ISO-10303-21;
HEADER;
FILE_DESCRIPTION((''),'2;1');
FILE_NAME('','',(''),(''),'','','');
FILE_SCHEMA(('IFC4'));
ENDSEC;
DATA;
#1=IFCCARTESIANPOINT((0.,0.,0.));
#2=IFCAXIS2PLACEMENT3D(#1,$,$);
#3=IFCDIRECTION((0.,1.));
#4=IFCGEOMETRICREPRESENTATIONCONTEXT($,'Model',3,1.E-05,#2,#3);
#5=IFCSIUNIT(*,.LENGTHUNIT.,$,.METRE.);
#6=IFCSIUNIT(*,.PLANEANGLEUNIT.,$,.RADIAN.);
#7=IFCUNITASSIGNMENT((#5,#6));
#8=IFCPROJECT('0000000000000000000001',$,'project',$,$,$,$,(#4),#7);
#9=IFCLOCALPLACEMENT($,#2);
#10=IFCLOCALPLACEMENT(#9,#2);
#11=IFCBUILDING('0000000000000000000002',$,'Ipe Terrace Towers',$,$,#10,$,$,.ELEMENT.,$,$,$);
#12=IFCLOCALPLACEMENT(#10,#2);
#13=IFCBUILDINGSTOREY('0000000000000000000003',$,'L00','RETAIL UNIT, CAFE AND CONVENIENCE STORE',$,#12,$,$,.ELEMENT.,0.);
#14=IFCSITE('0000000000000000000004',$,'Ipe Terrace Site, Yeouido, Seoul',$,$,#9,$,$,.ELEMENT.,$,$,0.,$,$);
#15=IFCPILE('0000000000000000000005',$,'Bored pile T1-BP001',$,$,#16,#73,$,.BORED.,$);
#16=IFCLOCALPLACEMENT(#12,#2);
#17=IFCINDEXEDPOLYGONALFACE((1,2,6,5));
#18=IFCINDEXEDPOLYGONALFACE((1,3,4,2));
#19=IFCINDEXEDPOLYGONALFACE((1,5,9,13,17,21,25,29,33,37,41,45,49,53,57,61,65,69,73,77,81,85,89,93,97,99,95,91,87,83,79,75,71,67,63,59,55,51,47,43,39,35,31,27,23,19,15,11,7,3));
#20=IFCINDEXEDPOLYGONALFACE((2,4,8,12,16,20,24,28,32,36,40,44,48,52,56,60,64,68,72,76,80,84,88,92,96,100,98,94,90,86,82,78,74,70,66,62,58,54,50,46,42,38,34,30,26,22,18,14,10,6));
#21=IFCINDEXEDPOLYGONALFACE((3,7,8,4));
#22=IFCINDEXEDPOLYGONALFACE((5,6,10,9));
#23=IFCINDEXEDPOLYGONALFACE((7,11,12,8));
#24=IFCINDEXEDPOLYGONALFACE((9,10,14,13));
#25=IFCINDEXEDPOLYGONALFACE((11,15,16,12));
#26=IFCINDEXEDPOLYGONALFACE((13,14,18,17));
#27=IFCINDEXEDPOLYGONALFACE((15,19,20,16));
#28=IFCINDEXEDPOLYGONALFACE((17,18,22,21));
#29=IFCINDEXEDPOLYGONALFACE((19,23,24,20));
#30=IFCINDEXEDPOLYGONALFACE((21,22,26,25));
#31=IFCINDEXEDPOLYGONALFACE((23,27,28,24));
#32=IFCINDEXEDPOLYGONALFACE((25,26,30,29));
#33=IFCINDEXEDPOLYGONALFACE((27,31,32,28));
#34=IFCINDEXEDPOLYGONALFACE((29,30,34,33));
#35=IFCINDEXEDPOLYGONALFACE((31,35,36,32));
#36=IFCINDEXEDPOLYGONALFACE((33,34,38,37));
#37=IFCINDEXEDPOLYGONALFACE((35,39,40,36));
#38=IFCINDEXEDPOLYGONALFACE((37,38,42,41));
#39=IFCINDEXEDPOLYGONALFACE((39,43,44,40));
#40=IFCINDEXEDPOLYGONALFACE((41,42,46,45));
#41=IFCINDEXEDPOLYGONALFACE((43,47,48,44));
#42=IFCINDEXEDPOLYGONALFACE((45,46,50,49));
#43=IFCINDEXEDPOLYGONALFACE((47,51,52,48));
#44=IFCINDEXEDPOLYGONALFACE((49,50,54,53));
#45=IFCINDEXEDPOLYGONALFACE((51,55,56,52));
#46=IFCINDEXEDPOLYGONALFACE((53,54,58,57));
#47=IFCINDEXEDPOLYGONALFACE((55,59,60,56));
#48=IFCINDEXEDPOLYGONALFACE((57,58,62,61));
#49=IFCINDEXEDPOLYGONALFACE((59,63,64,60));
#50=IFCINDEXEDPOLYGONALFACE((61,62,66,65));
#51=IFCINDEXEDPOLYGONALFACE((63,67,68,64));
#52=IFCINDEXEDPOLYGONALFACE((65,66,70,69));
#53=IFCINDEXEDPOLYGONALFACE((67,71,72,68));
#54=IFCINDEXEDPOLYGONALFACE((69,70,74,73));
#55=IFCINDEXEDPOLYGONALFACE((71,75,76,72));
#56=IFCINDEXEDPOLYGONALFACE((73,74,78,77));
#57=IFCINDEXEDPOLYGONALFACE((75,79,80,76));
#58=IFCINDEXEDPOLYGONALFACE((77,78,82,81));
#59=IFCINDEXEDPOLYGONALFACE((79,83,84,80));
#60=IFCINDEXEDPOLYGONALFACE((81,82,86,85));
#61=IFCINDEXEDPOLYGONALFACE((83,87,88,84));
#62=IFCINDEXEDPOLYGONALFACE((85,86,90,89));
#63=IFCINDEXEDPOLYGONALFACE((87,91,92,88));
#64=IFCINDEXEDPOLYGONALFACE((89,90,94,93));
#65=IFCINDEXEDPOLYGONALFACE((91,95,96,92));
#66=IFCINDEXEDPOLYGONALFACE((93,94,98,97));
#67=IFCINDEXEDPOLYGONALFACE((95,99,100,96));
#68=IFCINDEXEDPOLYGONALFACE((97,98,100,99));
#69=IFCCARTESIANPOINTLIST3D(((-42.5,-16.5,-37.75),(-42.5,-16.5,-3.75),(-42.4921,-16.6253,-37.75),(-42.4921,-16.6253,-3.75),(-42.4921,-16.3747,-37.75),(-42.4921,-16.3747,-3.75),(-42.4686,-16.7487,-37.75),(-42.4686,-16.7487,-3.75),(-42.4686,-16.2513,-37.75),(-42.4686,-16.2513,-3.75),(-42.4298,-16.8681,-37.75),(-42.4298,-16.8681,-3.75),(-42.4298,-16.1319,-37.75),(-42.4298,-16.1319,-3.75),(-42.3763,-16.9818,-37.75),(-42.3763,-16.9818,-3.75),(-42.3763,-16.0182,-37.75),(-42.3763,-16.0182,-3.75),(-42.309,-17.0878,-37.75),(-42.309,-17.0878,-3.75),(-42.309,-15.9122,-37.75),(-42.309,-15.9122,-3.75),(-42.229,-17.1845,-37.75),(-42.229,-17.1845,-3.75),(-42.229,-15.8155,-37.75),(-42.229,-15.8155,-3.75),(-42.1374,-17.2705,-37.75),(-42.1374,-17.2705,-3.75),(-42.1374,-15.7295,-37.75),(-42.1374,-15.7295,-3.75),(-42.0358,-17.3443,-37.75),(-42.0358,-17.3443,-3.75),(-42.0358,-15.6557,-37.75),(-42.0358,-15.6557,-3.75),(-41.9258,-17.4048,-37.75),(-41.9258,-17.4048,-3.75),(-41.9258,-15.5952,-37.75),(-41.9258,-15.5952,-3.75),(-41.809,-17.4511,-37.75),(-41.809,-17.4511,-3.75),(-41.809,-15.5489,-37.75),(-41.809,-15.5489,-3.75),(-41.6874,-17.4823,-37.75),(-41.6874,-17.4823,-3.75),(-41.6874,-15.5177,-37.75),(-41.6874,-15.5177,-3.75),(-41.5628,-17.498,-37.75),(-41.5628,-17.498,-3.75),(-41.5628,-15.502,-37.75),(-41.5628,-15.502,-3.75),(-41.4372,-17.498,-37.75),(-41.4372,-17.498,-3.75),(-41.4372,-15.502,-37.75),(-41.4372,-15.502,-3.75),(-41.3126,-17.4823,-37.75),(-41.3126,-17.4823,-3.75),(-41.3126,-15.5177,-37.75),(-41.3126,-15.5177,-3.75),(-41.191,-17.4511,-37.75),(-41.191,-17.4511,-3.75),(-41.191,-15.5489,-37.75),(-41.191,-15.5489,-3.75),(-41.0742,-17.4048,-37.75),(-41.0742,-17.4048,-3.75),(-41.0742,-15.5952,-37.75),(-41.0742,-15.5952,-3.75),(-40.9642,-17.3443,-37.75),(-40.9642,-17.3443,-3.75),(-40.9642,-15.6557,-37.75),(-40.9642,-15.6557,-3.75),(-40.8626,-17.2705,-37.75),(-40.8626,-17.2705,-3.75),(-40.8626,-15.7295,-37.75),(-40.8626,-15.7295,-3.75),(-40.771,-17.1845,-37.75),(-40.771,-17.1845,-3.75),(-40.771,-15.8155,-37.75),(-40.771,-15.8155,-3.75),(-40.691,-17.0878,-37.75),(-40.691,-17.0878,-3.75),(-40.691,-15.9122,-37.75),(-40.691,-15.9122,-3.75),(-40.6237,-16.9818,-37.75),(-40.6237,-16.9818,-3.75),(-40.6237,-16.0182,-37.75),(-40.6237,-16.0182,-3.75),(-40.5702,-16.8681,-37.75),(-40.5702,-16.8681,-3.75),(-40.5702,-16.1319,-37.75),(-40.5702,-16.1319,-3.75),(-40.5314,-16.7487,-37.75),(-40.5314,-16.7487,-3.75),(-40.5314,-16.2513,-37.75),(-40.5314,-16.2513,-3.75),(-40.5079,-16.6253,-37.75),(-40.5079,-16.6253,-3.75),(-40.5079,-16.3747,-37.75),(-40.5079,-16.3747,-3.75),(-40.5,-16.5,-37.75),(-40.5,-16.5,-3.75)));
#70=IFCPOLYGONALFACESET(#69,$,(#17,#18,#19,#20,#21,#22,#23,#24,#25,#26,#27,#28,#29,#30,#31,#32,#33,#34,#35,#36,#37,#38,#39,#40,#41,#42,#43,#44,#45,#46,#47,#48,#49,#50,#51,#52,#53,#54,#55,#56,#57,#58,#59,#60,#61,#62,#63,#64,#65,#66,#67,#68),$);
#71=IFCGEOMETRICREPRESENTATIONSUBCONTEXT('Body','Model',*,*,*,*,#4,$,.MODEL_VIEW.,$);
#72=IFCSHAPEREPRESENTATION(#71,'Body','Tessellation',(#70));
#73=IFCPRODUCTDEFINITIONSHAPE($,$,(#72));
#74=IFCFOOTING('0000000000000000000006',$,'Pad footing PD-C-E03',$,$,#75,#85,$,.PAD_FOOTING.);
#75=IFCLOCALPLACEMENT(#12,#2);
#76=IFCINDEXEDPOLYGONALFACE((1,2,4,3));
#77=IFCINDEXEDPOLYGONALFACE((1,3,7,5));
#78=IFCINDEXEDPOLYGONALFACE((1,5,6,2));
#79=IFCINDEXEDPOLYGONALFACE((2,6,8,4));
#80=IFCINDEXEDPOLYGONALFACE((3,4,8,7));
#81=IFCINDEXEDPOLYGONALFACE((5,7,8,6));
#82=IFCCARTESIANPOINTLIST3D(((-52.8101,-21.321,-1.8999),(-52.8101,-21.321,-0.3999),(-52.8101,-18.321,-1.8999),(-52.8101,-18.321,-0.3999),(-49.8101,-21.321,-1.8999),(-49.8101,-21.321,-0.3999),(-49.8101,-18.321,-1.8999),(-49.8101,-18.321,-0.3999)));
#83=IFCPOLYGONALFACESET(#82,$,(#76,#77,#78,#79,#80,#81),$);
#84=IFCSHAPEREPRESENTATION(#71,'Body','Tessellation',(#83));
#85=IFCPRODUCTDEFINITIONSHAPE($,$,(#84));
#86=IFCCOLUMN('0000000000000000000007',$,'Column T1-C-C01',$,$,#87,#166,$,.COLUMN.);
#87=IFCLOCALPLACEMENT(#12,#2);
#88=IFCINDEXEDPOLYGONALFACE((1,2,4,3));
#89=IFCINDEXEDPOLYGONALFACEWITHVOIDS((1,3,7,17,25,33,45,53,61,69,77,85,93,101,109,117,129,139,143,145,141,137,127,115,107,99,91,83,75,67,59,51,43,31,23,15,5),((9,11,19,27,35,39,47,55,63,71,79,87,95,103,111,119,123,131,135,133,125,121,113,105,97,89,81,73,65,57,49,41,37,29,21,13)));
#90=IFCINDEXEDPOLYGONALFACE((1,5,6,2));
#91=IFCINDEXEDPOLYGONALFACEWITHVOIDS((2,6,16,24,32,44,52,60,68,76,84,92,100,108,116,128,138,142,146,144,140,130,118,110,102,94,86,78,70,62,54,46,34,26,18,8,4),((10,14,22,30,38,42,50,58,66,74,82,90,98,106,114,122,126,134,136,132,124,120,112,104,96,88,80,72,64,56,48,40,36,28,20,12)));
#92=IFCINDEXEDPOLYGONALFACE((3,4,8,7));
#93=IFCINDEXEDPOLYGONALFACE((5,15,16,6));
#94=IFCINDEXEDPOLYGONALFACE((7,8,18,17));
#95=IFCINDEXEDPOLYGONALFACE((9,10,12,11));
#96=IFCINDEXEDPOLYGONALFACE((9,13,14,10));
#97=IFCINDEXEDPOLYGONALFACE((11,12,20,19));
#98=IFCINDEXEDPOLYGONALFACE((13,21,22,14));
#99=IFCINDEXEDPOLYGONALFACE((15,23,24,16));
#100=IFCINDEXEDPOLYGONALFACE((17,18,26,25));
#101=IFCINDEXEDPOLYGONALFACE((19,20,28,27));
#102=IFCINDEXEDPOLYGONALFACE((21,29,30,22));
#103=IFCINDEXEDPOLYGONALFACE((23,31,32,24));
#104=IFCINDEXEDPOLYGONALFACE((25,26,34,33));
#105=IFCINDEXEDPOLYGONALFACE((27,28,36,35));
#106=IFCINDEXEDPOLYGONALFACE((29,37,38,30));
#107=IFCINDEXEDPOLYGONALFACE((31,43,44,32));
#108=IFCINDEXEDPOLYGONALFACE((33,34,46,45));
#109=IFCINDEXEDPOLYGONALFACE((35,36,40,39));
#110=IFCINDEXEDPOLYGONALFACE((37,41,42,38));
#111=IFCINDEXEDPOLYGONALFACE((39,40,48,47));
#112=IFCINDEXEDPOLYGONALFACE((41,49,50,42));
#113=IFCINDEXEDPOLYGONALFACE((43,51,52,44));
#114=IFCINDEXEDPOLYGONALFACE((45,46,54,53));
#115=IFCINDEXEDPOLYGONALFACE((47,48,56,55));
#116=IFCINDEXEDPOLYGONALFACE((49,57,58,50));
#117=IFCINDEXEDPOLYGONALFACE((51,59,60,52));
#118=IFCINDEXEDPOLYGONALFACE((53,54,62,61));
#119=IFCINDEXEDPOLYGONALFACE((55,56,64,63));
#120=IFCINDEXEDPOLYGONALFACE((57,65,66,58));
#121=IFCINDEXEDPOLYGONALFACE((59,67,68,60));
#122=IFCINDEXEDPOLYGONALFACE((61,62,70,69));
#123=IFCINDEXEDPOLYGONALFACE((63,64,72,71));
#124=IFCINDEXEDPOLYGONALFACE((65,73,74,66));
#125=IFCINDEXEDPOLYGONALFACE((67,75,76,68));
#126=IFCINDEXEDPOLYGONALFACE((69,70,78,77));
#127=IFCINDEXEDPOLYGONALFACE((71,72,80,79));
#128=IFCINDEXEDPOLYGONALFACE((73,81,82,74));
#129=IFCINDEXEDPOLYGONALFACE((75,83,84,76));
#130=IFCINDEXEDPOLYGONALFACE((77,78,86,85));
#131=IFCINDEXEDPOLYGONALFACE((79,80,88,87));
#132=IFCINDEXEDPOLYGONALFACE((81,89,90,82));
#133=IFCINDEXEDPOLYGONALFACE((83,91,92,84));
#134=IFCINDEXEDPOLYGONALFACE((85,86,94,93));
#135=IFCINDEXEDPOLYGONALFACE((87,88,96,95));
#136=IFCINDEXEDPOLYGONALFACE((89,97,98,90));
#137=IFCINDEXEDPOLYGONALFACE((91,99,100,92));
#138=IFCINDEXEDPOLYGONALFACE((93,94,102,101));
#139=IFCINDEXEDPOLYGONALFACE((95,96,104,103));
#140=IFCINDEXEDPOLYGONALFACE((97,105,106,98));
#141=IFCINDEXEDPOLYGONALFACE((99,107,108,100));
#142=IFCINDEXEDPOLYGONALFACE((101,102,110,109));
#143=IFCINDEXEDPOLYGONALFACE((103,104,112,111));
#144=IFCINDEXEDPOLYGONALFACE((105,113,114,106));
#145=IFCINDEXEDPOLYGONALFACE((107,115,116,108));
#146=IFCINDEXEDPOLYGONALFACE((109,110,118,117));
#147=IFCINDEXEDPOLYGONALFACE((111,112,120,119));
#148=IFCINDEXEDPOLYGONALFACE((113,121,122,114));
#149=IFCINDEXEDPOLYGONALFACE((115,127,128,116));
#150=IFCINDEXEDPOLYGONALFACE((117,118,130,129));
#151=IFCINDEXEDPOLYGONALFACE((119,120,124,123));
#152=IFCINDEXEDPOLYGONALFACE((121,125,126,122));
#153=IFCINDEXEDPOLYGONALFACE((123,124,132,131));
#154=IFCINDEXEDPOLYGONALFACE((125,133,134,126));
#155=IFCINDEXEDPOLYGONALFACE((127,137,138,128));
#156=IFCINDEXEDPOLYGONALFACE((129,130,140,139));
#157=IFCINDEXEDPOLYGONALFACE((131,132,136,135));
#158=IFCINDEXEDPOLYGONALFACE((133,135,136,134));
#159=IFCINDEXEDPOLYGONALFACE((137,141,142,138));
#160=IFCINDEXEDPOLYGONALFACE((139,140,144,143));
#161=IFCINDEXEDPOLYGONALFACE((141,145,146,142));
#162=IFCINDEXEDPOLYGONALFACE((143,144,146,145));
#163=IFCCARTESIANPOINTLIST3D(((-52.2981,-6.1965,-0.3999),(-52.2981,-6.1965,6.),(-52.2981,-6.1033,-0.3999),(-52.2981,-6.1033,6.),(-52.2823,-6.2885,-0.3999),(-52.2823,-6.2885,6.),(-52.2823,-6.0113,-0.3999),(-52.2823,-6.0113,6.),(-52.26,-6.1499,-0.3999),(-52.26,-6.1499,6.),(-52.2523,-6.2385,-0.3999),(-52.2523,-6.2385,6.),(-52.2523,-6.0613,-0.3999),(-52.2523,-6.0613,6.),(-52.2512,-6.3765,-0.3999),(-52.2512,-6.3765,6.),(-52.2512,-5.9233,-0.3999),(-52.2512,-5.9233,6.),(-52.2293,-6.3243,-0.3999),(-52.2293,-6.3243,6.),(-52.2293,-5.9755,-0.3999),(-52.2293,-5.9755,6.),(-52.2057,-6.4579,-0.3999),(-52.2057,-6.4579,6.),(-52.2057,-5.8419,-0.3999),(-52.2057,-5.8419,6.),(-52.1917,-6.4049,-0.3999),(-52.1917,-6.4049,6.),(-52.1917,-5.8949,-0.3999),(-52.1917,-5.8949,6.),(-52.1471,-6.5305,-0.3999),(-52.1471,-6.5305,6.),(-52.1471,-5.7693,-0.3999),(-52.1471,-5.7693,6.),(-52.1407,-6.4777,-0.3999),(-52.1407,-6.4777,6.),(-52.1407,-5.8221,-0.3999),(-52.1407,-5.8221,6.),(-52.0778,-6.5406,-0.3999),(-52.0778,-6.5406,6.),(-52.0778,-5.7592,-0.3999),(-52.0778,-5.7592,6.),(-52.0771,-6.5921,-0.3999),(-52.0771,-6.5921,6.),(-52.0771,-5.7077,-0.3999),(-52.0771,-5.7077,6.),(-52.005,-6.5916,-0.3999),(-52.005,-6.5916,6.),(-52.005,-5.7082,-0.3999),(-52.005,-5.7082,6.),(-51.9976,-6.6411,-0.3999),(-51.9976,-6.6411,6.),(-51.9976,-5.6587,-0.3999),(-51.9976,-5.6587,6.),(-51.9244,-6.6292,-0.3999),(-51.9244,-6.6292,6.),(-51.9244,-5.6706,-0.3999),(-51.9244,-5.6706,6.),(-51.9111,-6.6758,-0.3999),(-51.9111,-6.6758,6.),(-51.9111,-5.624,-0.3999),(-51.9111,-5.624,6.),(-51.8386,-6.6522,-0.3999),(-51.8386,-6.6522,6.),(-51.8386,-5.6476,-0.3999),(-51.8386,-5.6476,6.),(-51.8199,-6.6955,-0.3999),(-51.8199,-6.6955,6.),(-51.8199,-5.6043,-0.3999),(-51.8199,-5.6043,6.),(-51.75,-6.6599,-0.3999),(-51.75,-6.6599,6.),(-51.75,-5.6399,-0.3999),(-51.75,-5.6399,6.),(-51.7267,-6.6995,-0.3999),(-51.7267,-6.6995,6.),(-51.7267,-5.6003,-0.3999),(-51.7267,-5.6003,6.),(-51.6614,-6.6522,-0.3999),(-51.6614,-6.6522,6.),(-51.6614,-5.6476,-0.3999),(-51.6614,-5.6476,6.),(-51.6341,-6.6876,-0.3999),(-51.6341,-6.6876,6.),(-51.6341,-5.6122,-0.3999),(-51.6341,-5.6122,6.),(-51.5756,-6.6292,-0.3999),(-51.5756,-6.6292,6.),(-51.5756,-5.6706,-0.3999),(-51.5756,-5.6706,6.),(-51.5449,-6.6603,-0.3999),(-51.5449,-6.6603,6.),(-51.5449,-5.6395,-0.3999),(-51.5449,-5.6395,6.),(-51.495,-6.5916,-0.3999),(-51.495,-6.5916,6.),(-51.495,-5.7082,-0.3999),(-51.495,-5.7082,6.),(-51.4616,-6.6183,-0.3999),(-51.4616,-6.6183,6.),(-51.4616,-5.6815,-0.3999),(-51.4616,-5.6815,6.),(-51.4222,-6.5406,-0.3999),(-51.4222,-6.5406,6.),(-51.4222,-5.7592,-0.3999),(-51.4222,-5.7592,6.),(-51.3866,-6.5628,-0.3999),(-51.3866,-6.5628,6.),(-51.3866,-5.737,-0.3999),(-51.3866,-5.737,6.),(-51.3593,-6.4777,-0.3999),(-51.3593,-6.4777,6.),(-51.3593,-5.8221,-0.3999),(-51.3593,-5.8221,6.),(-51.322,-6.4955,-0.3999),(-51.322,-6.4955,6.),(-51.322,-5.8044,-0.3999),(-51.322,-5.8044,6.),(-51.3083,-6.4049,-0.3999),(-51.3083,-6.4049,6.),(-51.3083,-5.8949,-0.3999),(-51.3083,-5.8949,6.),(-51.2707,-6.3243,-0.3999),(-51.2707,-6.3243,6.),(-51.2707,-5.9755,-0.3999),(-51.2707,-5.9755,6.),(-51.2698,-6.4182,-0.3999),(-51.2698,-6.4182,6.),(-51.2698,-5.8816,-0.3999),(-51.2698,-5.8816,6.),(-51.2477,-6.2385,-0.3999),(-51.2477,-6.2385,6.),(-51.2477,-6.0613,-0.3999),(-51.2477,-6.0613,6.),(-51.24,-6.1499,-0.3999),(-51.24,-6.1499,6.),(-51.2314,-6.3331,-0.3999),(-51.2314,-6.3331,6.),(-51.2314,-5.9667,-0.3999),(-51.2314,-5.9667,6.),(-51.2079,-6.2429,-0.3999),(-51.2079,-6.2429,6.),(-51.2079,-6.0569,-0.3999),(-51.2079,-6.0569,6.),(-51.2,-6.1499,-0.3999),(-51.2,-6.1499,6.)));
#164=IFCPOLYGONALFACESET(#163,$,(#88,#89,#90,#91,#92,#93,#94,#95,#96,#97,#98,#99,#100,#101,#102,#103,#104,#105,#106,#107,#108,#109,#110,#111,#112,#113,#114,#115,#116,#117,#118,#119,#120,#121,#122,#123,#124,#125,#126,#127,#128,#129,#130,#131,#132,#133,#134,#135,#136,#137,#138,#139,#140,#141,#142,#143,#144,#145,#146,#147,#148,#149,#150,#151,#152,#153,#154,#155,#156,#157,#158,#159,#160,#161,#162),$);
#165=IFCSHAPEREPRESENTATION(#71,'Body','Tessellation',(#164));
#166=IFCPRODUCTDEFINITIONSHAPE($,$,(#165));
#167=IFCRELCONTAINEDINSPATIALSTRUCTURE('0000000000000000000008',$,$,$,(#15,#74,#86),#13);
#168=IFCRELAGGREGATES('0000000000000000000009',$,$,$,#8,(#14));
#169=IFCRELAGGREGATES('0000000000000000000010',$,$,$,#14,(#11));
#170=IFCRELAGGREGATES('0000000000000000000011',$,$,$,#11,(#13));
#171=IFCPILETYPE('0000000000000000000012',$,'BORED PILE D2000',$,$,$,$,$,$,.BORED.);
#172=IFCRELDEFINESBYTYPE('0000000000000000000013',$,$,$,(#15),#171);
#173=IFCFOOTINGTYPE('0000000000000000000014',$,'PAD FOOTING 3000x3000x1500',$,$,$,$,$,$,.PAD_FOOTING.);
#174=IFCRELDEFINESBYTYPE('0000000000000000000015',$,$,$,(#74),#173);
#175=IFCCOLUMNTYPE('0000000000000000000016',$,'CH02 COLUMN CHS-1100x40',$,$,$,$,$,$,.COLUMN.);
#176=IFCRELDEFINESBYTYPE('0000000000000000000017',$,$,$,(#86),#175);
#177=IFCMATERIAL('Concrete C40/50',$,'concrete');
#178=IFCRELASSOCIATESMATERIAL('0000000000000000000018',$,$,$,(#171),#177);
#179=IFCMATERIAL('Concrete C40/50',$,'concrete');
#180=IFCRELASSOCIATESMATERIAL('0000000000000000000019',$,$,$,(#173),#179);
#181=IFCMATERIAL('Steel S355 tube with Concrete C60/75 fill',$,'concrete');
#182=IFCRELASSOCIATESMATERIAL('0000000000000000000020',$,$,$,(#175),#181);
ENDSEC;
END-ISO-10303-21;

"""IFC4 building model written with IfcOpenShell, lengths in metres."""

from ifc_helpers import new_model, si_unit, direction, frame, origin, origin_2d, place, context, subcontext, project, spatial, rectangle, circle, hollow_circle, extrude, material, material_profile, profile_set, type_object, element, save


model = new_model("IFC4")

# Units and contexts
model_context = context("Model", 3, precision=1e-05, world=origin(), true_north=direction((0.0, 1.0)))
body_context = subcontext(model_context, "Body", "Model", "MODEL_VIEW")
ifc_project = project(units=[si_unit("LENGTHUNIT", "METRE"), si_unit("PLANEANGLEUNIT", "RADIAN")], contexts=[model_context])

# Site, building, storey
site_placement = place(None, origin())
site = spatial("IfcSite", under=ifc_project, at=site_placement, Name="Ipe Terrace Site, Yeouido, Seoul", CompositionType="ELEMENT", RefElevation=0.0)
building_placement = place(site_placement, origin())
building = spatial("IfcBuilding", under=site, at=building_placement, Name="Ipe Terrace Towers", CompositionType="ELEMENT")
storey_placement = place(building_placement, origin())
storey = spatial("IfcBuildingStorey", under=building, at=storey_placement, Name="L00", Description="RETAIL UNIT, CAFE AND CONVENIENCE STORE", CompositionType="ELEMENT", Elevation=0.0)

# Pile
ifc_material_1 = material(Name="Concrete C40/50", Category="concrete")
ifc_material_profile_1 = material_profile(ifc_material_1, circle(Radius=1.0, at=origin_2d()), Name="BORED PILE D2000")
ifc_profile_set_1 = profile_set([ifc_material_profile_1], Name="Concrete C40/50")
pile_type = type_object("IfcPileType", Name="BORED PILE D2000", PredefinedType="BORED", material=ifc_profile_set_1)
pile_placement = place(storey_placement, frame((-41.5, -16.5, -3.75), z_axis=(0.0, 0.0, -1.0), x_axis=(1.0, 0.0, 0.0)))
element("IfcPile", 1, at=pile_placement, inside=storey, type_object=pile_type, Name="Bored pile T1-BP001", PredefinedType="BORED", context=body_context, shape_type="SweptSolid", body=[
    extrude(circle(Radius=1.0, at=origin_2d()), origin(), (0.0, 0.0, 1.0), 34.0),
])

# Footing
ifc_material_2 = material(Name="Concrete C40/50", Category="concrete")
footing_type = type_object("IfcFootingType", Name="PAD FOOTING 3000x3000x1500", PredefinedType="PAD_FOOTING", material=ifc_material_2)
footing_placement = place(storey_placement, frame((-51.3101, -19.821, -1.8999), z_axis=(0.0, 0.0, 1.0), x_axis=(1.0, 0.0, 0.0)))
element("IfcFooting", 2, at=footing_placement, inside=storey, type_object=footing_type, Name="Pad footing PD-C-E03", PredefinedType="PAD_FOOTING", context=body_context, shape_type="SweptSolid", body=[
    extrude(rectangle(XDim=3.0, YDim=3.0, at=origin_2d()), origin(), (0.0, 0.0, 1.0), 1.5),
])

# Column
ifc_material_3 = material(Name="Steel S355 tube with Concrete C60/75 fill", Category="concrete")
ifc_material_profile_2 = material_profile(ifc_material_3, hollow_circle(Radius=0.55, WallThickness=0.04, at=origin_2d()), Name="CHS-1100x40")
ifc_profile_set_2 = profile_set([ifc_material_profile_2], Name="Steel S355 tube with Concrete C60/75 fill")
column_type_1 = type_object("IfcColumnType", Name="CH02 COLUMN CHS-1100x40", PredefinedType="COLUMN", material=ifc_profile_set_2)
for number, where, z_axis, x_axis, name in (
    (3, (-51.75, -6.1499, -0.3999), (0.0, 0.0, 1.0), (1.0, 0.0, 0.0), "Column T1-C-C01"),
):
    element("IfcColumn", number, at=place(storey_placement, frame(where, z_axis=z_axis, x_axis=x_axis)), inside=storey, type_object=column_type_1, Name=name, PredefinedType="COLUMN", context=body_context, shape_type="SweptSolid", body=[
        extrude(hollow_circle(Radius=0.55, WallThickness=0.04, at=origin_2d()), origin(), (0.0, 0.0, 1.0), 6.3999),
    ])

save(model, "model.ifc")
